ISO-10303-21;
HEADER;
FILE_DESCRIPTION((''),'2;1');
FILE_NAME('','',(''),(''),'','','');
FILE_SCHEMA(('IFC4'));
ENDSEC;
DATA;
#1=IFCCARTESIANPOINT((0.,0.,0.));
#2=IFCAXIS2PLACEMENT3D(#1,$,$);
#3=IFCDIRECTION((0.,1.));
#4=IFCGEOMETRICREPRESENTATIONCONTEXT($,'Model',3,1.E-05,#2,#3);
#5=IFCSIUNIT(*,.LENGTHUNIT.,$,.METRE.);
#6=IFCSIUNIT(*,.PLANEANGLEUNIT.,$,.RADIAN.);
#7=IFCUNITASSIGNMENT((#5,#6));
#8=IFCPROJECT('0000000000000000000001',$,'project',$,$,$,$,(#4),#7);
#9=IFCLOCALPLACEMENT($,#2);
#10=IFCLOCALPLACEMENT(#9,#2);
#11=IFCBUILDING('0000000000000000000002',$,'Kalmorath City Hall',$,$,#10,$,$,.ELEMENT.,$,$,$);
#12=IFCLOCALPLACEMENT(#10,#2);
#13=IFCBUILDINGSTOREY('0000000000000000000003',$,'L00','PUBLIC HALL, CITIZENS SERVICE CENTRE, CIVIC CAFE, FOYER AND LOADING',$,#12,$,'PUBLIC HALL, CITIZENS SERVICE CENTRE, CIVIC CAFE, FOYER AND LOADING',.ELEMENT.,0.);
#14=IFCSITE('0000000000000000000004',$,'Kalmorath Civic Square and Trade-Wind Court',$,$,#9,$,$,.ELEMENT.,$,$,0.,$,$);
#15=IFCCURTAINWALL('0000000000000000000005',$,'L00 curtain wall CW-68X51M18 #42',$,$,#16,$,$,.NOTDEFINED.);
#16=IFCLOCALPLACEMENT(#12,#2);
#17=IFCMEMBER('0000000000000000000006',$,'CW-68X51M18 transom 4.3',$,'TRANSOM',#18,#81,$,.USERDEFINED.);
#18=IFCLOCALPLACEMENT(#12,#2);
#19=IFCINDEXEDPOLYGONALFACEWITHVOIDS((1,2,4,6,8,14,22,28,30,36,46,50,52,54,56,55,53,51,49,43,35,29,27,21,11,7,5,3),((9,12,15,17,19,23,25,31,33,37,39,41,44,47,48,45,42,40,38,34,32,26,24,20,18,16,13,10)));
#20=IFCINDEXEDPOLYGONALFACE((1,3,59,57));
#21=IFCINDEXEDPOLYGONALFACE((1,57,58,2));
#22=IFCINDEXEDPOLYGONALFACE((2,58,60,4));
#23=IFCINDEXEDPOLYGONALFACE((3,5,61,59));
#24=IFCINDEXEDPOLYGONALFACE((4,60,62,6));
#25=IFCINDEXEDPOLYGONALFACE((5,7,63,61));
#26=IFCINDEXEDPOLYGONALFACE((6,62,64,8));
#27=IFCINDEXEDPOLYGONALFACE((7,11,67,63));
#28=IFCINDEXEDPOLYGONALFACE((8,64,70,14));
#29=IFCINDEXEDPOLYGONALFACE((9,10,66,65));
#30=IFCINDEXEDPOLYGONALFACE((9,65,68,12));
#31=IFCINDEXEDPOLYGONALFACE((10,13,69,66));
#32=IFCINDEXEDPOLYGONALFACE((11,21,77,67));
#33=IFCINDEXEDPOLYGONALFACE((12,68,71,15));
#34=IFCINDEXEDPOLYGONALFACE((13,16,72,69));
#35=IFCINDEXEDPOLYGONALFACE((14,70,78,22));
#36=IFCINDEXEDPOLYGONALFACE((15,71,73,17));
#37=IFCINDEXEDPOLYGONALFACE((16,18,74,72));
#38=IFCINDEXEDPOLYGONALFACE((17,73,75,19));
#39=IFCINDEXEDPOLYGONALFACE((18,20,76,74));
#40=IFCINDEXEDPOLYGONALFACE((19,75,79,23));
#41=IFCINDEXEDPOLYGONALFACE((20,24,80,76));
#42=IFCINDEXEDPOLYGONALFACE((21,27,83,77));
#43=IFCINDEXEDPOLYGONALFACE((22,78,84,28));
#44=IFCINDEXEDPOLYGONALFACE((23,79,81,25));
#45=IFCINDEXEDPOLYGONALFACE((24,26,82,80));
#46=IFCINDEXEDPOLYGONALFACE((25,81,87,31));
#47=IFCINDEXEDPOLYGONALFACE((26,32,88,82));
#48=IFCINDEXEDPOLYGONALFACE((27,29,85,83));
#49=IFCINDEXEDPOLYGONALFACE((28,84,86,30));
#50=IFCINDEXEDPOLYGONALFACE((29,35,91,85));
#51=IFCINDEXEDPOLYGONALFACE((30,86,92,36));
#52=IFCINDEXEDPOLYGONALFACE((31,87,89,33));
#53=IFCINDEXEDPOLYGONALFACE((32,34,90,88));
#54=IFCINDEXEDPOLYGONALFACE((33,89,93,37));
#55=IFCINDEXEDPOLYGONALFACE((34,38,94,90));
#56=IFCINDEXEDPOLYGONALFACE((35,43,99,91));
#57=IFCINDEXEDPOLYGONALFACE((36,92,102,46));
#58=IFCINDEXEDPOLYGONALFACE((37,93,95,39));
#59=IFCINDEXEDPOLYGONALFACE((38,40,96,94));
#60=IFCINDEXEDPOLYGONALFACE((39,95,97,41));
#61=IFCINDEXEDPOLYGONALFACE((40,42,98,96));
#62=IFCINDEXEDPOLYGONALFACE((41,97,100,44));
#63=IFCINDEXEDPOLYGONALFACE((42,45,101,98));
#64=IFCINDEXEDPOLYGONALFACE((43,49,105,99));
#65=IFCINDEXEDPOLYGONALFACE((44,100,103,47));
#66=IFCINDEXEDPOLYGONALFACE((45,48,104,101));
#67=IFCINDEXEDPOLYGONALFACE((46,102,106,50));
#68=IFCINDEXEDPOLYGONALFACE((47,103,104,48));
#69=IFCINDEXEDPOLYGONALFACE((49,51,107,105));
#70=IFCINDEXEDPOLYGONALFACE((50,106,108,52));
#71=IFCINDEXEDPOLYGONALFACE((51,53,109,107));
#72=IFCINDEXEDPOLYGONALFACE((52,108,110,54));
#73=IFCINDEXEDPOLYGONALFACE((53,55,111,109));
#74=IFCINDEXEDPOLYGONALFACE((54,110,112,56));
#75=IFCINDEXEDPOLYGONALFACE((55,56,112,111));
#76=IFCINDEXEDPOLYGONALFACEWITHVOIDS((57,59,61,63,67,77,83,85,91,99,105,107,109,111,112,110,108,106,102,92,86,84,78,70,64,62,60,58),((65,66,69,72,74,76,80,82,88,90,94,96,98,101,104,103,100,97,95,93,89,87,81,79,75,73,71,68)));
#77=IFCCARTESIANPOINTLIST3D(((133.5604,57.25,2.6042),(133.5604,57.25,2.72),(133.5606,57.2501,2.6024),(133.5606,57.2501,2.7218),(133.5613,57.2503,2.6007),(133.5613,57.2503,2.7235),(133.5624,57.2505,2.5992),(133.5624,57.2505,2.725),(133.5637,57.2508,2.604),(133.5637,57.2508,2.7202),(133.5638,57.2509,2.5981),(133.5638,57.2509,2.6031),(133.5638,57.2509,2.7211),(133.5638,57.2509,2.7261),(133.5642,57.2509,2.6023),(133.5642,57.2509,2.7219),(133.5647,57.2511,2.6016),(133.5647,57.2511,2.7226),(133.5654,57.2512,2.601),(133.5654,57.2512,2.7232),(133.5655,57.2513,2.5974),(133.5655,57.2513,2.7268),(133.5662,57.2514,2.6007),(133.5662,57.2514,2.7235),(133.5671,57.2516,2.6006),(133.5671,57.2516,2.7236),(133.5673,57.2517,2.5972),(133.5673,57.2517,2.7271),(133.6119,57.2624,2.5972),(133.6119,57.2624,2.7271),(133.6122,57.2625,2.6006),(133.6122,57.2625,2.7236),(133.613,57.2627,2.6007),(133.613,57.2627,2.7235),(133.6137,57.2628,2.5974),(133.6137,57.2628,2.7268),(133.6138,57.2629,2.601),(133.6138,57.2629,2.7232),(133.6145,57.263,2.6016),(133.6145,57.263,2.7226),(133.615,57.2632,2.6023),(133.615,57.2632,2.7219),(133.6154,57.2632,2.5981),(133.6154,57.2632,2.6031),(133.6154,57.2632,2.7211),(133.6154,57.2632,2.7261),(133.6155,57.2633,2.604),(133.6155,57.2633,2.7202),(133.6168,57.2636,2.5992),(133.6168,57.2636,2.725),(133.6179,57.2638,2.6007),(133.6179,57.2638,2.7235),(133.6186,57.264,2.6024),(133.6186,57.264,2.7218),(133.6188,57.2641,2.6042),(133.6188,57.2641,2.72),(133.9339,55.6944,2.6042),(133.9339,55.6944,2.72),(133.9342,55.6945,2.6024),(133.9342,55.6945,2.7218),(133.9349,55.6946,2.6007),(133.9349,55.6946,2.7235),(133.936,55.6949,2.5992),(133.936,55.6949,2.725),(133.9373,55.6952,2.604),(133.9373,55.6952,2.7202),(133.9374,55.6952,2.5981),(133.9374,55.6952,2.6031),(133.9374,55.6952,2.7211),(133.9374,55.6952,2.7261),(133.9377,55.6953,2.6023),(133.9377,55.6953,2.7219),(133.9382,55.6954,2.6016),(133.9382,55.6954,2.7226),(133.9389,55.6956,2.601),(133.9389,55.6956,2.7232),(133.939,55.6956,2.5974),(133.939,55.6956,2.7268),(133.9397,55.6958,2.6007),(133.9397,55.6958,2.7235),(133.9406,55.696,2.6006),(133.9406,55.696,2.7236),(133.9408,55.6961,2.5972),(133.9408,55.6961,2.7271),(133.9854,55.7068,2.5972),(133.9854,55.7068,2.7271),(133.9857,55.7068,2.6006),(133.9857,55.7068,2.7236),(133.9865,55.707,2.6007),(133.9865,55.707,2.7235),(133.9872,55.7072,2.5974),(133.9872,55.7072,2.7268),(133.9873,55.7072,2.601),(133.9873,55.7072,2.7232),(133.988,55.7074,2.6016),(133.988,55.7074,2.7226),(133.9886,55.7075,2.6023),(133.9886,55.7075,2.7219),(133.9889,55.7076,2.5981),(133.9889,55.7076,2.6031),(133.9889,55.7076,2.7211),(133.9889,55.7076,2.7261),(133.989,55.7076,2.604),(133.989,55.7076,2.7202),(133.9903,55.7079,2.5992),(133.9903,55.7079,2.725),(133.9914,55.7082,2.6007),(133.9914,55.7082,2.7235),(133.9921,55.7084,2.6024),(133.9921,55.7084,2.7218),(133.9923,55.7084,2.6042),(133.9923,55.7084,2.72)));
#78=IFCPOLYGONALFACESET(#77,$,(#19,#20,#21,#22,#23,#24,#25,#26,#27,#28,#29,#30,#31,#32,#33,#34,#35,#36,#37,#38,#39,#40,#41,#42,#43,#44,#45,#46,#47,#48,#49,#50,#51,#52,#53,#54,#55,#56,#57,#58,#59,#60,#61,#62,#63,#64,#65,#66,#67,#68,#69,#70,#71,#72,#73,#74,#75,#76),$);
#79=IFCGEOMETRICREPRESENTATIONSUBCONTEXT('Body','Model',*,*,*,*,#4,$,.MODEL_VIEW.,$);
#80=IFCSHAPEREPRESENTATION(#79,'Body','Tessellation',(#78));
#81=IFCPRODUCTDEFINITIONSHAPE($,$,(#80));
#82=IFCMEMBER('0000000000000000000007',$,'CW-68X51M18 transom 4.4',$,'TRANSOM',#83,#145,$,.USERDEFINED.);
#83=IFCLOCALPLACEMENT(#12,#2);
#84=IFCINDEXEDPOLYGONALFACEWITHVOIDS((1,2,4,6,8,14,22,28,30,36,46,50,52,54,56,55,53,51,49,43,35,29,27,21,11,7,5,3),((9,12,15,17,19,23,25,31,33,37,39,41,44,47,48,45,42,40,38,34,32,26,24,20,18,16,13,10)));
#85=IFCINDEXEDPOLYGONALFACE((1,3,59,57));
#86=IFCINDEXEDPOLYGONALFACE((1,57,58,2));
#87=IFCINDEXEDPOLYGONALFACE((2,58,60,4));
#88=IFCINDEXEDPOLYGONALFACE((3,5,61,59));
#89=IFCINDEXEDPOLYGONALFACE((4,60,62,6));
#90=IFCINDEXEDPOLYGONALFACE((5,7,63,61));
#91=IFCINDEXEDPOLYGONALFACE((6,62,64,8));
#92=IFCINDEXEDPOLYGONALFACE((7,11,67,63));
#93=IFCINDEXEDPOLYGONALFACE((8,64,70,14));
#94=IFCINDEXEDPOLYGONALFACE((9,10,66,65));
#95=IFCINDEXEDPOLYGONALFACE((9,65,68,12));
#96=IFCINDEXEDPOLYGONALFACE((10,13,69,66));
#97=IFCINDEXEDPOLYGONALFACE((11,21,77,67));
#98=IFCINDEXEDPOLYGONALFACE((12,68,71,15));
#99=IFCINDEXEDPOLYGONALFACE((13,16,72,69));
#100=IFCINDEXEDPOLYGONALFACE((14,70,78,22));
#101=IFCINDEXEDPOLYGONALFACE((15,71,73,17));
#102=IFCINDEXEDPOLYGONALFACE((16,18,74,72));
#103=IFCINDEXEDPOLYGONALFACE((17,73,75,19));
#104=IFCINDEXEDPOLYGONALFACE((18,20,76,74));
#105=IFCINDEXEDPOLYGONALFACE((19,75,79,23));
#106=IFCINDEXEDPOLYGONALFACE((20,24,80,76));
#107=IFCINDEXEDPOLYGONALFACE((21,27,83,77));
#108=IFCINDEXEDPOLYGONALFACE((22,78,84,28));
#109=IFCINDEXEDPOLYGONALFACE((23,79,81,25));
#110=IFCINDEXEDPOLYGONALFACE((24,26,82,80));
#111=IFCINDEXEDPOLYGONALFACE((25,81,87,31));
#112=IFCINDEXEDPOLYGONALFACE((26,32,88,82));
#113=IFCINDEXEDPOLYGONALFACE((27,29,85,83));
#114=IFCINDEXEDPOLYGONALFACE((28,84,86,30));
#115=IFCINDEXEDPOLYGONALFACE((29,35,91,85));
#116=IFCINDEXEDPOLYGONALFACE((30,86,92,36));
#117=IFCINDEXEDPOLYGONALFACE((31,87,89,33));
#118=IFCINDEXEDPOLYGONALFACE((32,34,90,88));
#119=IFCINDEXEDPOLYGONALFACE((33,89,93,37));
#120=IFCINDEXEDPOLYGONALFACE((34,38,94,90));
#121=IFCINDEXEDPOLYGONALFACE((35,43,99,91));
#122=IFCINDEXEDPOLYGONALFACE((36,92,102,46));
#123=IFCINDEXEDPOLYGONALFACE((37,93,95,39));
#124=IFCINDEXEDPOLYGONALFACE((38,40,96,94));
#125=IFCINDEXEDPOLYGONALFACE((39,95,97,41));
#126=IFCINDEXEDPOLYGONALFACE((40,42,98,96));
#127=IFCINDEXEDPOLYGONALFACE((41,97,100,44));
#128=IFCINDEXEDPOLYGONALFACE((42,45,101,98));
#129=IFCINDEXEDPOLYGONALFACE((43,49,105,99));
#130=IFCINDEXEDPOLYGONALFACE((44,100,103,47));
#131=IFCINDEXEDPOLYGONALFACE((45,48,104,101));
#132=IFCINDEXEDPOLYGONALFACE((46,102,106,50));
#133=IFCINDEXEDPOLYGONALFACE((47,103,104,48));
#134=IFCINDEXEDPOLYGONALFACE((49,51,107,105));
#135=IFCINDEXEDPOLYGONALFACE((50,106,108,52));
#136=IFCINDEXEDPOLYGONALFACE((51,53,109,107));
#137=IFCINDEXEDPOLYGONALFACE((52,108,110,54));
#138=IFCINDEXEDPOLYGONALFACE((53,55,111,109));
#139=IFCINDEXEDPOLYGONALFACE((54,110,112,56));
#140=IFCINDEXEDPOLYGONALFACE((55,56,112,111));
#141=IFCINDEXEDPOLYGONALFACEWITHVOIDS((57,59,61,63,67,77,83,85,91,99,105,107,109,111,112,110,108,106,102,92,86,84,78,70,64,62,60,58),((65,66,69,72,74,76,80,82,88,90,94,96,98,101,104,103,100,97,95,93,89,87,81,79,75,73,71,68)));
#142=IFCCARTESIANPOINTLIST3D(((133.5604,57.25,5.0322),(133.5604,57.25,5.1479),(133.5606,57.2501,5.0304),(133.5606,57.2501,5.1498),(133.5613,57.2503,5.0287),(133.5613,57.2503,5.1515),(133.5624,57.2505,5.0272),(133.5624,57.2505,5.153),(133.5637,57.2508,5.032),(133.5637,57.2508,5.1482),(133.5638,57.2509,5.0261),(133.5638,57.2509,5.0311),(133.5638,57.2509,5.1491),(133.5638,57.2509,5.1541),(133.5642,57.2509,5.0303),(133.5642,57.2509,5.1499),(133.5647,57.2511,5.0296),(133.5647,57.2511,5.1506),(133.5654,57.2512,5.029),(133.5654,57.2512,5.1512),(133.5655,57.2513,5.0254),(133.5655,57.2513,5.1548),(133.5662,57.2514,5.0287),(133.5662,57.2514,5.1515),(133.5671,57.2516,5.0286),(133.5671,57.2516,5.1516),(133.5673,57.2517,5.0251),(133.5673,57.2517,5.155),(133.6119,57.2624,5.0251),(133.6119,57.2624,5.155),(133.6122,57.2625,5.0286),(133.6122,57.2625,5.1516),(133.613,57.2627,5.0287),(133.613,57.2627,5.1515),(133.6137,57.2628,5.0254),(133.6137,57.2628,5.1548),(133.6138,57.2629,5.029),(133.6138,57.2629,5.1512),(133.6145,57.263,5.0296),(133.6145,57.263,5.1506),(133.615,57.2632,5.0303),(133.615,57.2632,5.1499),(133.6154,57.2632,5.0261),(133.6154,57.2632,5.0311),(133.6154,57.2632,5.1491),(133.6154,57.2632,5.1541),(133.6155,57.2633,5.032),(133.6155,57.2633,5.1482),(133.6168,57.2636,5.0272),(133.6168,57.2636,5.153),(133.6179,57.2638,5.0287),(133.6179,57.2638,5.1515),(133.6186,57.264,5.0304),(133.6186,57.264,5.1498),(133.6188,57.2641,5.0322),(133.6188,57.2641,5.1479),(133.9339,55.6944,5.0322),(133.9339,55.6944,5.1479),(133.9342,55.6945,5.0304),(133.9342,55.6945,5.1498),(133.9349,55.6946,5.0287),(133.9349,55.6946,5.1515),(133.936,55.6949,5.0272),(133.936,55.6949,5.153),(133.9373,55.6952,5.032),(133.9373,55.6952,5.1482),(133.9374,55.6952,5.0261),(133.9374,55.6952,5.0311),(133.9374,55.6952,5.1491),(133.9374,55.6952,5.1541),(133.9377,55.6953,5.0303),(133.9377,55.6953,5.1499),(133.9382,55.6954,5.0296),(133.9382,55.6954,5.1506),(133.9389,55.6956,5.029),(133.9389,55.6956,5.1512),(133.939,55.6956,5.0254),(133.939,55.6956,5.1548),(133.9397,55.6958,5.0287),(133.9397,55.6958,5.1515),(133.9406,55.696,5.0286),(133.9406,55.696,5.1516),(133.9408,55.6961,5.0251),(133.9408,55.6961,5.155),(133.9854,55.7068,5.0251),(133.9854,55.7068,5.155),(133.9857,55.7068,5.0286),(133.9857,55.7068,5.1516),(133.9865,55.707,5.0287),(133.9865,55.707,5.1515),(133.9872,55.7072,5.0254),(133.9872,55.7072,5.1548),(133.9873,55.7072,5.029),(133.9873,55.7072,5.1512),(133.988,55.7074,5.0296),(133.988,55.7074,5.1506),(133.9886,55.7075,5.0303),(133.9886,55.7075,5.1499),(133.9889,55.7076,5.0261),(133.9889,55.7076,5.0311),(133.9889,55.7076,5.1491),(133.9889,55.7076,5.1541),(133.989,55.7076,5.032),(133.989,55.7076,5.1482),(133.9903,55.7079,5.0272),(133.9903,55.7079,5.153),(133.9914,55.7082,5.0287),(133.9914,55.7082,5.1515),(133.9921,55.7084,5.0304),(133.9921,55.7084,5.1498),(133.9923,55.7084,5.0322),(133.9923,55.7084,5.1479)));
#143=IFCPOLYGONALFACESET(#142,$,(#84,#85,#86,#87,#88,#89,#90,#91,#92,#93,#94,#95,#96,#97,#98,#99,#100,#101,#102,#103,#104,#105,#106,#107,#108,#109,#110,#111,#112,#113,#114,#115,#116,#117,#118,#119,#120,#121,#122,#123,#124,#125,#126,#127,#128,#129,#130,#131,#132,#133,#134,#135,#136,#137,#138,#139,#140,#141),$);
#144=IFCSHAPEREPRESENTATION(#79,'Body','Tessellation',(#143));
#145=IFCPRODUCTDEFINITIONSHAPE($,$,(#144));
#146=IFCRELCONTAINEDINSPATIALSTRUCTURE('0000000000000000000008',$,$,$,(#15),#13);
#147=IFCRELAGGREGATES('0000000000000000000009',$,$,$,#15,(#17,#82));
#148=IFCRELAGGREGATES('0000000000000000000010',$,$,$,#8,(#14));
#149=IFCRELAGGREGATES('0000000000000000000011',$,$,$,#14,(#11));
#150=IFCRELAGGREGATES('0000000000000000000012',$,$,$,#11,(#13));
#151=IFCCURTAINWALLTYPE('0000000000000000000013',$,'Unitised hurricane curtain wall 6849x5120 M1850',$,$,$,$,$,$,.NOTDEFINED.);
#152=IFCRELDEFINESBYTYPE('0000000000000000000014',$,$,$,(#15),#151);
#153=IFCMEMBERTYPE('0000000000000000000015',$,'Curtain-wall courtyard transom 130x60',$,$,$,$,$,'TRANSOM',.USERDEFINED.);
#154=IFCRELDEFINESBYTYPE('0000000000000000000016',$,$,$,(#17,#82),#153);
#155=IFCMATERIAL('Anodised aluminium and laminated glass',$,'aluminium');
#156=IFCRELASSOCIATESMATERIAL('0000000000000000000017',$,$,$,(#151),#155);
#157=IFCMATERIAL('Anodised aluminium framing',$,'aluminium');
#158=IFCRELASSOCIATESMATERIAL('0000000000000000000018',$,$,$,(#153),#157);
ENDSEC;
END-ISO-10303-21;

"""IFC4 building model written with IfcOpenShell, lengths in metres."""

from ifc_helpers import new_model, si_unit, direction, frame, origin, origin_2d, place, context, subcontext, project, spatial, hollow_rectangle, extrude, material, material_profile, profile_set, type_object, element, aggregate, save


model = new_model("IFC4")

# Units and contexts
model_context = context("Model", 3, precision=1e-05, world=origin(), true_north=direction((0.0, 1.0)))
body_context = subcontext(model_context, "Body", "Model", "MODEL_VIEW")
ifc_project = project(units=[si_unit("LENGTHUNIT", "METRE"), si_unit("PLANEANGLEUNIT", "RADIAN")], contexts=[model_context])

# Site, building, storey
site_placement = place(None, origin())
site = spatial("IfcSite", under=ifc_project, at=site_placement, Name="Kalmorath Civic Square and Trade-Wind Court", CompositionType="ELEMENT", RefElevation=0.0)
building_placement = place(site_placement, origin())
building = spatial("IfcBuilding", under=site, at=building_placement, Name="Kalmorath City Hall", CompositionType="ELEMENT")
storey_placement = place(building_placement, origin())
storey = spatial("IfcBuildingStorey", under=building, at=storey_placement, Name="L00", Description="PUBLIC HALL, CITIZENS SERVICE CENTRE, CIVIC CAFE, FOYER AND LOADING", LongName="PUBLIC HALL, CITIZENS SERVICE CENTRE, CIVIC CAFE, FOYER AND LOADING", CompositionType="ELEMENT", Elevation=0.0)

# Curtain wall, members
ifc_material_1 = material(Name="Anodised aluminium and laminated glass", Category="aluminium")
curtain_wall_type = type_object("IfcCurtainWallType", Name="Unitised hurricane curtain wall 6849x5120 M1850", PredefinedType="NOTDEFINED", material=ifc_material_1)
curtain_wall_placement = place(storey_placement, origin())
curtain_wall = element("IfcCurtainWall", 1, at=curtain_wall_placement, inside=storey, type_object=curtain_wall_type, Name="L00 curtain wall CW-68X51M18 #42", PredefinedType="NOTDEFINED")
ifc_material_2 = material(Name="Anodised aluminium framing", Category="aluminium")
ifc_material_profile_1 = material_profile(ifc_material_2, hollow_rectangle(XDim=0.0601, YDim=0.1299, WallThickness=0.0034, InnerFilletRadius=0.0034, OuterFilletRadius=0.0071, at=origin_2d()), Name="ALU-TRN-130X60X3.5")
ifc_profile_set_1 = profile_set([ifc_material_profile_1], Name="Anodised aluminium framing")
member_type_1 = type_object("IfcMemberType", Name="Curtain-wall courtyard transom 130x60", ElementType="TRANSOM", PredefinedType="USERDEFINED", material=ifc_profile_set_1)
member_1_placement = place(storey_placement, frame((133.9631, 55.7014, 2.6621), z_axis=(-0.233477, 0.972362, 0.0), x_axis=(-0.972362, -0.233477, 0.0)))
member_1 = element("IfcMember", 2, at=member_1_placement, type_object=member_type_1, Name="CW-68X51M18 transom 4.3", ObjectType="TRANSOM", PredefinedType="USERDEFINED", context=body_context, shape_type="SweptSolid", body=[
    extrude(hollow_rectangle(XDim=0.0601, YDim=0.1299, WallThickness=0.0034, InnerFilletRadius=0.0034, OuterFilletRadius=0.0071, at=origin_2d()), origin(), (0.0, 0.0, 1.0), 1.5999),
])
member_2_placement = place(storey_placement, frame((133.9631, 55.7014, 5.0901), z_axis=(-0.233477, 0.972362, 0.0), x_axis=(-0.972362, -0.233477, 0.0)))
member_2 = element("IfcMember", 3, at=member_2_placement, type_object=member_type_1, Name="CW-68X51M18 transom 4.4", ObjectType="TRANSOM", PredefinedType="USERDEFINED", context=body_context, shape_type="SweptSolid", body=[
    extrude(hollow_rectangle(XDim=0.0601, YDim=0.1299, WallThickness=0.0034, InnerFilletRadius=0.0034, OuterFilletRadius=0.0071, at=origin_2d()), origin(), (0.0, 0.0, 1.0), 1.5999),
])

aggregate(curtain_wall, [member_1, member_2])

save(model, "model.ifc")
